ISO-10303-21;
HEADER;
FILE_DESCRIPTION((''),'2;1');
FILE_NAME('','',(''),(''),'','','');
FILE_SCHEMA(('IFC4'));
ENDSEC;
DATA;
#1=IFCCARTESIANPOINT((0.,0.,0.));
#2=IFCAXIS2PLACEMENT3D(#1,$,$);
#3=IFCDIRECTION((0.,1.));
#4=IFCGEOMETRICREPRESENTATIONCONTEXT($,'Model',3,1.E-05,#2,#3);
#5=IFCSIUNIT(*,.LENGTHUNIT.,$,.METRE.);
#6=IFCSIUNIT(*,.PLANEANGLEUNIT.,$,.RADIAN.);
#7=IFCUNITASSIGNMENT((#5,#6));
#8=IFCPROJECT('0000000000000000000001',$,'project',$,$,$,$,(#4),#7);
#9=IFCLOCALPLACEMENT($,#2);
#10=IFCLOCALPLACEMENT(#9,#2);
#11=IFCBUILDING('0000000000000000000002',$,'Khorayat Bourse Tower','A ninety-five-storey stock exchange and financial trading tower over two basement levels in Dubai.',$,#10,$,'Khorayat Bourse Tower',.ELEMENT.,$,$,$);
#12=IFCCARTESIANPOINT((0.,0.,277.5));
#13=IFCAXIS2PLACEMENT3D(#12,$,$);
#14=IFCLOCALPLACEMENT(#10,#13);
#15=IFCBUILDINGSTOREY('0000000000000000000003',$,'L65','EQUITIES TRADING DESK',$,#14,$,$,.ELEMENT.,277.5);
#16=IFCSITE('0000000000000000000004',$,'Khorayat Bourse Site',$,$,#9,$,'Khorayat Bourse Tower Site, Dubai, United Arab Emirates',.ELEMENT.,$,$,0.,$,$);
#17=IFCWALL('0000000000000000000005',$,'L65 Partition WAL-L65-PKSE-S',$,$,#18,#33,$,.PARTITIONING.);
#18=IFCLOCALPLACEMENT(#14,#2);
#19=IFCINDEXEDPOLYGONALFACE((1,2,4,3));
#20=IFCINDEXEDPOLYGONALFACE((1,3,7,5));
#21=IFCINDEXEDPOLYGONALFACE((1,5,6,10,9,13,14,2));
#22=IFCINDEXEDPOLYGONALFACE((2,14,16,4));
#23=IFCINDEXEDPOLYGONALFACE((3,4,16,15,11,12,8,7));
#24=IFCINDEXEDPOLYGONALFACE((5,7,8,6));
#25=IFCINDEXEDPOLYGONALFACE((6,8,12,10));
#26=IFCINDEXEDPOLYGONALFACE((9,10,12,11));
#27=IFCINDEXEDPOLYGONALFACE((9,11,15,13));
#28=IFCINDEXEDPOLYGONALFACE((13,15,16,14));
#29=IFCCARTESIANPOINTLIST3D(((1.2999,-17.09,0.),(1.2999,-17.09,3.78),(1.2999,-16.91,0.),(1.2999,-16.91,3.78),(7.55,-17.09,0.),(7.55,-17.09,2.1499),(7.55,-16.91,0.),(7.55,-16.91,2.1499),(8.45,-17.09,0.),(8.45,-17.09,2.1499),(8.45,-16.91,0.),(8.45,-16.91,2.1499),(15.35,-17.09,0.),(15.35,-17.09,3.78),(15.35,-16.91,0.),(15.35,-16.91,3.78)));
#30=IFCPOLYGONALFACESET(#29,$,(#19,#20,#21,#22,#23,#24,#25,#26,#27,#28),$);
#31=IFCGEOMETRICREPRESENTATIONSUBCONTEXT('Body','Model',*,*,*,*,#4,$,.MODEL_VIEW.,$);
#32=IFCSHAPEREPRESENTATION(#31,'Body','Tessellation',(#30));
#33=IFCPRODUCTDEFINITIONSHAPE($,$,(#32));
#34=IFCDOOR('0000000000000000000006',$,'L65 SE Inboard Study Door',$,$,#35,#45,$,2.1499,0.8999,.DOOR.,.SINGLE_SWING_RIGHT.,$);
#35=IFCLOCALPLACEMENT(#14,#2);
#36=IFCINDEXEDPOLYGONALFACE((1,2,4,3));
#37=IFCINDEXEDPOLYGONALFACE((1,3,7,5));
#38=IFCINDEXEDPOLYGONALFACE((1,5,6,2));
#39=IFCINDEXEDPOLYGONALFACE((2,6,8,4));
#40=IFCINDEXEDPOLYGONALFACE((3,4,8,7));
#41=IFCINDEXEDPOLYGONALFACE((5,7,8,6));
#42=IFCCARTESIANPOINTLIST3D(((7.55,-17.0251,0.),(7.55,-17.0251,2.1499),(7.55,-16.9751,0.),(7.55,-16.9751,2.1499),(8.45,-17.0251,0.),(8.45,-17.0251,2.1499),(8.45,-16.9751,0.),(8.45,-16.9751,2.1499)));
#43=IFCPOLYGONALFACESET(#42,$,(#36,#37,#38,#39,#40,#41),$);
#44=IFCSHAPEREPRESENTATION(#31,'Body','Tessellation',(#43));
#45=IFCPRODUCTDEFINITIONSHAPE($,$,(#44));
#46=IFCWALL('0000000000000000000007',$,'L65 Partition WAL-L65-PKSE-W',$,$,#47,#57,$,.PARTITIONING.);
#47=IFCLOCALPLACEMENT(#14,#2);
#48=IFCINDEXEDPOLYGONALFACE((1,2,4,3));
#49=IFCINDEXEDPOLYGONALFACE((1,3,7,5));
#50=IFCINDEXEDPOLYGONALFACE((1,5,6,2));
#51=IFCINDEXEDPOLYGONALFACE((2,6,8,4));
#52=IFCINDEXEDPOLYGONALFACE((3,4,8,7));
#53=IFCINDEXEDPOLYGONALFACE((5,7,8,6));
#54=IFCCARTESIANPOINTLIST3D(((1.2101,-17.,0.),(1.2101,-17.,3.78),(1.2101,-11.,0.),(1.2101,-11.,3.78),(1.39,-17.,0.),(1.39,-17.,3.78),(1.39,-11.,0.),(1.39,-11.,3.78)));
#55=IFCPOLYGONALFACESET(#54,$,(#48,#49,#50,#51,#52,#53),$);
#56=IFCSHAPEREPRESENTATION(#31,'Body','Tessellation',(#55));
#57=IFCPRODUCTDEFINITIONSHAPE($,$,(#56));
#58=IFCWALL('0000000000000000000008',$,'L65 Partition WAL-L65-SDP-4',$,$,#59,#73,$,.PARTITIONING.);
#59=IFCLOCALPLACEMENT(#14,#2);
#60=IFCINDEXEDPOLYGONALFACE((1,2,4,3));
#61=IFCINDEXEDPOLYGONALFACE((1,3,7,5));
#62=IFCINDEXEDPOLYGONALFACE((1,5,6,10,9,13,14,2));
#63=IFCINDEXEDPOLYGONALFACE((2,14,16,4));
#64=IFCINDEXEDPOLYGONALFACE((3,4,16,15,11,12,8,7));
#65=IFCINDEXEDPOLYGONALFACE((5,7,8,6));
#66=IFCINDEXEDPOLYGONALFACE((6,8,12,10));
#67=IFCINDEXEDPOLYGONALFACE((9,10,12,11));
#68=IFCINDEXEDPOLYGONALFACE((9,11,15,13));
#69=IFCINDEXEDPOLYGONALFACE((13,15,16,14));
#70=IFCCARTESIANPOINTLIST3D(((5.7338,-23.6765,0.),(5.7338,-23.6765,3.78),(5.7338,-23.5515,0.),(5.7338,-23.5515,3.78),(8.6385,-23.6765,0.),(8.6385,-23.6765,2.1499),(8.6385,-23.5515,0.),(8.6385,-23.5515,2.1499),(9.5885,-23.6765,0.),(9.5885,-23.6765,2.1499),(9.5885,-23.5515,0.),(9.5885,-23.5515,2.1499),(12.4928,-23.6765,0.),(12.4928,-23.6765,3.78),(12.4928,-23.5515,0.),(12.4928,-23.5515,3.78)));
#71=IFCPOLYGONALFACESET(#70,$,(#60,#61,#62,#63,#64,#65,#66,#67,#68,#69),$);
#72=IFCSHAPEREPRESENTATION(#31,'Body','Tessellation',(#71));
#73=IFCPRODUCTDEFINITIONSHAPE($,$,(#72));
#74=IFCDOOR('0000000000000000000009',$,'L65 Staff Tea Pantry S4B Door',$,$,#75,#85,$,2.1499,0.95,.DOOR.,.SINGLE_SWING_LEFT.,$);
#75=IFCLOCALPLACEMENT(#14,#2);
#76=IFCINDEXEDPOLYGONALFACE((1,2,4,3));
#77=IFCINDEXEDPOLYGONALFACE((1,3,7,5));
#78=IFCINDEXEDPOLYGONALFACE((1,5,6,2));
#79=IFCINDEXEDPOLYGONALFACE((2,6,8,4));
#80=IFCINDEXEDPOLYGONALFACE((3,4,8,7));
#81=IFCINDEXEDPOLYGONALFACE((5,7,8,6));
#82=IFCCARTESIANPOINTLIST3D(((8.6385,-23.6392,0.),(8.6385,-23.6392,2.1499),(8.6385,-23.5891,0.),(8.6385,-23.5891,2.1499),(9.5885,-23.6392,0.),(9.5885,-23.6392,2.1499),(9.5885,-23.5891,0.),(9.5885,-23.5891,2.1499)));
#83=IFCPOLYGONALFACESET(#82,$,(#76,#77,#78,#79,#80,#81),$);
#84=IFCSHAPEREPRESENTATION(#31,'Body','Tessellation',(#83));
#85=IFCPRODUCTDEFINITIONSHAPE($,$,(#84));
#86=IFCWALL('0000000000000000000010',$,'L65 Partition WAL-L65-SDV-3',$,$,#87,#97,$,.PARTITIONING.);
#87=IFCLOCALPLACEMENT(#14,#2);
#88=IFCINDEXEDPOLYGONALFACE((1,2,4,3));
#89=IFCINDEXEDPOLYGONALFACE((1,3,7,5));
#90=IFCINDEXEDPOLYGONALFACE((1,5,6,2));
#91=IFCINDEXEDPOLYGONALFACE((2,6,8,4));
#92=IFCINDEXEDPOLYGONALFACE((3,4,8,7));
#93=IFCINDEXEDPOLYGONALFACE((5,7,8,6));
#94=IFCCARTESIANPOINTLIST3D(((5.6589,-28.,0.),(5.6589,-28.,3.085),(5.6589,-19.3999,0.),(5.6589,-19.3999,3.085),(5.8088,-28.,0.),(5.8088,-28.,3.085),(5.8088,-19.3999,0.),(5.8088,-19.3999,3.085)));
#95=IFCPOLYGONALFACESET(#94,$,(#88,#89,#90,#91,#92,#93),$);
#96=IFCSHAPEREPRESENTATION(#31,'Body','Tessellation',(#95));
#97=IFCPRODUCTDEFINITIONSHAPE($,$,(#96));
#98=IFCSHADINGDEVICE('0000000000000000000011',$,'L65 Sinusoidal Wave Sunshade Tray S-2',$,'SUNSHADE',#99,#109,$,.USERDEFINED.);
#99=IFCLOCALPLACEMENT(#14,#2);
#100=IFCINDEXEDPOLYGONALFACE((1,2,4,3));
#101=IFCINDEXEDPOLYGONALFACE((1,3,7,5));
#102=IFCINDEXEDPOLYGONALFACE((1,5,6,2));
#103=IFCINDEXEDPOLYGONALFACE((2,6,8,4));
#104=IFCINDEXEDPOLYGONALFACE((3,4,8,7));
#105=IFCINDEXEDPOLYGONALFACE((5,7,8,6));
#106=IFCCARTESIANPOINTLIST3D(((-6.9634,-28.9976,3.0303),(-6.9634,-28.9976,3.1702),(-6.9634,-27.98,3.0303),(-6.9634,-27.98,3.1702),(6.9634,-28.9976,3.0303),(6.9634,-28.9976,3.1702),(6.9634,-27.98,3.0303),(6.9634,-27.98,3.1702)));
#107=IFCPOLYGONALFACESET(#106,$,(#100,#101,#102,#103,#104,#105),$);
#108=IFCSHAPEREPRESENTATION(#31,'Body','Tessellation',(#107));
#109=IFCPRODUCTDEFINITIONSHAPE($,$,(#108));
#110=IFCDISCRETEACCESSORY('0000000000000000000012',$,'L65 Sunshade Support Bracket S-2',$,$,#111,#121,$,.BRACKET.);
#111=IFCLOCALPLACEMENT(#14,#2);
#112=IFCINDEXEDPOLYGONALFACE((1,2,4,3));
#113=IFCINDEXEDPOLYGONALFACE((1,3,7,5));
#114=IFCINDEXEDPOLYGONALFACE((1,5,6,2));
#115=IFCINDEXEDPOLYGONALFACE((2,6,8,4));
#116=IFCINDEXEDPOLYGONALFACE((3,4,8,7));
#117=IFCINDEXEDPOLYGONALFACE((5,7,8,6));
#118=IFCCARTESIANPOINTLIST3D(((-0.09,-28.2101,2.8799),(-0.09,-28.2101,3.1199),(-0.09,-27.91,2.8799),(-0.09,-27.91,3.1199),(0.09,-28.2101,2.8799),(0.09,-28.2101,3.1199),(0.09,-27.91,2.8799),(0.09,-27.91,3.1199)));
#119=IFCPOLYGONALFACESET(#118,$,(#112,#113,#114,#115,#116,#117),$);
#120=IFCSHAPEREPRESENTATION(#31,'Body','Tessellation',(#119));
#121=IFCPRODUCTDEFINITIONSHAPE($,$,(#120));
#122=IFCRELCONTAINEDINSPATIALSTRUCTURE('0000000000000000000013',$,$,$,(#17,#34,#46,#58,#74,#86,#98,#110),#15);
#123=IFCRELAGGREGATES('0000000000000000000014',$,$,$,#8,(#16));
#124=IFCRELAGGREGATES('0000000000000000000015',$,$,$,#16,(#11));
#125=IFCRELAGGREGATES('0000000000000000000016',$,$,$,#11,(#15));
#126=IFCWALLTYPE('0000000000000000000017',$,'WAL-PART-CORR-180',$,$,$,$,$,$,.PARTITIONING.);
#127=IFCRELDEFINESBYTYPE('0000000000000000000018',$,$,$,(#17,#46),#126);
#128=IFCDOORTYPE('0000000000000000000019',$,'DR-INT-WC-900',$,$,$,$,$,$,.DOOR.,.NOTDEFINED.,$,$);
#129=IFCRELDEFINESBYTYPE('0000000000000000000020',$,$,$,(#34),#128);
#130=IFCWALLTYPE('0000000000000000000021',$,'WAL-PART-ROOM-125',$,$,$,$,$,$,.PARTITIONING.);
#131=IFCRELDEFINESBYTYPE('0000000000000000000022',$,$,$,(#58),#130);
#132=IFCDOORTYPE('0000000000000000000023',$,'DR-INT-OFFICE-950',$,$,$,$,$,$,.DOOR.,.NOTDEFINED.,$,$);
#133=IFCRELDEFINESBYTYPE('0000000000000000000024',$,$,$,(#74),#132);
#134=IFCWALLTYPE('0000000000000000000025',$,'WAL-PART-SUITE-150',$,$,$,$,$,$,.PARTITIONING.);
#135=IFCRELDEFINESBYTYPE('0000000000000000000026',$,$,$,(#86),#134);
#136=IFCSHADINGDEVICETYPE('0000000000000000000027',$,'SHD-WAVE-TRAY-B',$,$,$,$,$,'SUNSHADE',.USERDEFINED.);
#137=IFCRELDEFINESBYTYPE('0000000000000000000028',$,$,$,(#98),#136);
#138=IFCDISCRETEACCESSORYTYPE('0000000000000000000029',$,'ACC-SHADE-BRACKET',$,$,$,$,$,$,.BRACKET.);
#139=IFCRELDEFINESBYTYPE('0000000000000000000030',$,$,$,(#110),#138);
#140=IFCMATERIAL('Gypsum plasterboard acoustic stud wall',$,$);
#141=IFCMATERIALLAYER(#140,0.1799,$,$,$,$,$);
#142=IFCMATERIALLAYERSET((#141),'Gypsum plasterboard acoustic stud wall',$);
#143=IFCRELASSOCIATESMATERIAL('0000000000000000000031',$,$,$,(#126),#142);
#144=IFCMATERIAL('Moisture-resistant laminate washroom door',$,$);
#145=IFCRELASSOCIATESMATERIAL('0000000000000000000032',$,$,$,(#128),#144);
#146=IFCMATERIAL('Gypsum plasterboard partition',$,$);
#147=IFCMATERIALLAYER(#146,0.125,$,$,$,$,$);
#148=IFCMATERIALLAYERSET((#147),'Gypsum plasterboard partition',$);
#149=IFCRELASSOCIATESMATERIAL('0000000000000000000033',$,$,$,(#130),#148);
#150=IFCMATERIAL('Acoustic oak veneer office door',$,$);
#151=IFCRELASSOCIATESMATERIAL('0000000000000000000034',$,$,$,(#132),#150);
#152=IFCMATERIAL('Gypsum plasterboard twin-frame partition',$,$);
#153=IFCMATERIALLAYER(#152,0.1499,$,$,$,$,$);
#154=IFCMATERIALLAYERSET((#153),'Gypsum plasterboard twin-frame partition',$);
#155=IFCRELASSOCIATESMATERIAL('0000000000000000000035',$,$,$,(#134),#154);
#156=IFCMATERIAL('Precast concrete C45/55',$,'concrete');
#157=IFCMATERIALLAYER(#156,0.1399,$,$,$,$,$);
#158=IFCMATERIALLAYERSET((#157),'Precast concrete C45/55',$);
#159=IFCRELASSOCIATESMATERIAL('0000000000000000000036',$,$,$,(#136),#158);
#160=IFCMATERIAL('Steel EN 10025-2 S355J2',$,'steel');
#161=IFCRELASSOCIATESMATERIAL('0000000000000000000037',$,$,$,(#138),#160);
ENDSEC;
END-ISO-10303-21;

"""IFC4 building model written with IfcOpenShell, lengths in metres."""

from ifc_helpers import new_model, si_unit, direction, frame, frame_2d, origin, origin_2d, place, context, subcontext, project, spatial, rectangle, extrude, source, transform, mapped, material, layer, layer_set, type_object, element, fill, save


model = new_model("IFC4")

# Units and contexts
model_context = context("Model", 3, precision=1e-05, world=origin(), true_north=direction((0.0, 1.0)))
body_context = subcontext(model_context, "Body", "Model", "MODEL_VIEW")
ifc_project = project(units=[si_unit("LENGTHUNIT", "METRE"), si_unit("PLANEANGLEUNIT", "RADIAN")], contexts=[model_context])

# Site, building, storey
site_placement = place(None, origin())
site = spatial("IfcSite", under=ifc_project, at=site_placement, Name="Khorayat Bourse Site", LongName="Khorayat Bourse Tower Site, Dubai, United Arab Emirates", CompositionType="ELEMENT", RefElevation=0.0)
building_placement = place(site_placement, origin())
building = spatial("IfcBuilding", under=site, at=building_placement, Name="Khorayat Bourse Tower", Description="A ninety-five-storey stock exchange and financial trading tower over two basement levels in Dubai.", LongName="Khorayat Bourse Tower", CompositionType="ELEMENT")
storey_placement = place(building_placement, frame((0.0, 0.0, 277.5)))
storey = spatial("IfcBuildingStorey", under=building, at=storey_placement, Name="L65", Description="EQUITIES TRADING DESK", CompositionType="ELEMENT", Elevation=277.5)

# Shared definitions
ifc_material_1 = material(Name="Steel EN 10025-2 S355J2", Category="steel")

# Wall, opening, door
ifc_material_2 = material(Name="Gypsum plasterboard acoustic stud wall")
ifc_layer_1 = layer(ifc_material_2, 0.1799)
ifc_layer_set_1 = layer_set([ifc_layer_1], Name="Gypsum plasterboard acoustic stud wall")
wall_type_1 = type_object("IfcWallType", Name="WAL-PART-CORR-180", PredefinedType="PARTITIONING", material=ifc_layer_set_1)
shared_shape_1 = source(origin(), body_context, "Body", "SweptSolid", [
    extrude(rectangle(XDim=14.05, YDim=0.1799, at=frame_2d((7.0249, 0.0))), origin(), (0.0, 0.0, 1.0), 3.78),
])
wall_1_placement = place(storey_placement, frame((1.3, -17.0, 0.0), z_axis=(0.0, 0.0, 1.0), x_axis=(1.0, 0.0, 0.0)))
wall_1 = element("IfcWall", 1, at=wall_1_placement, inside=storey, type_object=wall_type_1, Name="L65 Partition WAL-L65-PKSE-S", PredefinedType="PARTITIONING", context=body_context, shape_type="MappedRepresentation", body=[
    mapped(shared_shape_1, transform((0.0, 0.0, 0.0), scale=1.0)),
])
shared_shape_2 = source(origin(), body_context, "Body", "SweptSolid", [
    extrude(rectangle(XDim=0.8999, YDim=2.1499, at=frame_2d((0.45, 1.075))), frame((0.0, 0.0999, 0.0), z_axis=(0.0, -1.0, 0.0), x_axis=(1.0, 0.0, 0.0)), (0.0, 0.0, 1.0), 0.2),
])
opening_1_placement = place(wall_1_placement, frame((6.25, 0.0, 0.0)))
opening_1 = element("IfcOpeningElement", 2, at=opening_1_placement, cuts=wall_1, PredefinedType="OPENING", context=body_context, shape_type="MappedRepresentation", body=[
    mapped(shared_shape_2, transform((0.0, 0.0, 0.0), scale=1.0)),
])
ifc_material_3 = material(Name="Moisture-resistant laminate washroom door")
door_type_1 = type_object("IfcDoorType", Name="DR-INT-WC-900", OperationType="NOTDEFINED", PredefinedType="DOOR", material=ifc_material_3)
shared_shape_3 = source(origin(), body_context, "Body", "SweptSolid", [
    extrude(rectangle(XDim=0.8999, YDim=2.1499, at=frame_2d((0.45, 1.075))), frame((0.0, 0.0249, 0.0), z_axis=(0.0, -1.0, 0.0), x_axis=(1.0, 0.0, 0.0)), (0.0, 0.0, 1.0), 0.05),
])
door_1_placement = place(opening_1_placement, origin())
door_1 = element("IfcDoor", 3, at=door_1_placement, inside=storey, type_object=door_type_1, Name="L65 SE Inboard Study Door", OperationType="SINGLE_SWING_RIGHT", OverallHeight=2.1499, OverallWidth=0.8999, PredefinedType="DOOR", context=body_context, shape_type="MappedRepresentation", body=[
    mapped(shared_shape_3, transform((0.0, 0.0, 0.0), scale=1.0)),
])
fill(opening_1, door_1)

# Wall
shared_shape_4 = source(origin(), body_context, "Body", "SweptSolid", [
    extrude(rectangle(XDim=6.0, YDim=0.1799, at=frame_2d((3.0, 0.0))), origin(), (0.0, 0.0, 1.0), 3.78),
])
wall_2_placement = place(storey_placement, frame((1.3, -17.0, 0.0), z_axis=(0.0, 0.0, 1.0), x_axis=(0.0, 1.0, 0.0)))
element("IfcWall", 4, at=wall_2_placement, inside=storey, type_object=wall_type_1, Name="L65 Partition WAL-L65-PKSE-W", PredefinedType="PARTITIONING", context=body_context, shape_type="MappedRepresentation", body=[
    mapped(shared_shape_4, transform((0.0, 0.0, 0.0), scale=1.0)),
])

# Wall, opening, door
ifc_material_4 = material(Name="Gypsum plasterboard partition")
ifc_layer_2 = layer(ifc_material_4, 0.125)
ifc_layer_set_2 = layer_set([ifc_layer_2], Name="Gypsum plasterboard partition")
wall_type_2 = type_object("IfcWallType", Name="WAL-PART-ROOM-125", PredefinedType="PARTITIONING", material=ifc_layer_set_2)
shared_shape_5 = source(origin(), body_context, "Body", "SweptSolid", [
    extrude(rectangle(XDim=6.759, YDim=0.125, at=frame_2d((3.3794, 0.0))), origin(), (0.0, 0.0, 1.0), 3.78),
])
wall_3_placement = place(storey_placement, frame((5.7339, -23.614, 0.0), z_axis=(0.0, 0.0, 1.0), x_axis=(1.0, 0.0, 0.0)))
wall_3 = element("IfcWall", 5, at=wall_3_placement, inside=storey, type_object=wall_type_2, Name="L65 Partition WAL-L65-SDP-4", PredefinedType="PARTITIONING", context=body_context, shape_type="MappedRepresentation", body=[
    mapped(shared_shape_5, transform((0.0, 0.0, 0.0), scale=1.0)),
])
shared_shape_6 = source(origin(), body_context, "Body", "SweptSolid", [
    extrude(rectangle(XDim=0.95, YDim=2.1499, at=frame_2d((0.4751, 1.075))), frame((0.0, 0.0725, 0.0), z_axis=(0.0, -1.0, 0.0), x_axis=(1.0, 0.0, 0.0)), (0.0, 0.0, 1.0), 0.145),
])
opening_2_placement = place(wall_3_placement, frame((2.9045, 0.0, 0.0)))
opening_2 = element("IfcOpeningElement", 6, at=opening_2_placement, cuts=wall_3, PredefinedType="OPENING", context=body_context, shape_type="MappedRepresentation", body=[
    mapped(shared_shape_6, transform((0.0, 0.0, 0.0), scale=1.0)),
])
ifc_material_5 = material(Name="Acoustic oak veneer office door")
door_type_2 = type_object("IfcDoorType", Name="DR-INT-OFFICE-950", OperationType="NOTDEFINED", PredefinedType="DOOR", material=ifc_material_5)
shared_shape_7 = source(origin(), body_context, "Body", "SweptSolid", [
    extrude(rectangle(XDim=0.95, YDim=2.1499, at=frame_2d((0.4751, 1.075))), frame((0.0, 0.0249, 0.0), z_axis=(0.0, -1.0, 0.0), x_axis=(1.0, 0.0, 0.0)), (0.0, 0.0, 1.0), 0.05),
])
door_2_placement = place(opening_2_placement, origin())
door_2 = element("IfcDoor", 7, at=door_2_placement, inside=storey, type_object=door_type_2, Name="L65 Staff Tea Pantry S4B Door", OperationType="SINGLE_SWING_LEFT", OverallHeight=2.1499, OverallWidth=0.95, PredefinedType="DOOR", context=body_context, shape_type="MappedRepresentation", body=[
    mapped(shared_shape_7, transform((0.0, 0.0, 0.0), scale=1.0)),
])
fill(opening_2, door_2)

# Wall
ifc_material_6 = material(Name="Gypsum plasterboard twin-frame partition")
ifc_layer_3 = layer(ifc_material_6, 0.1499)
ifc_layer_set_3 = layer_set([ifc_layer_3], Name="Gypsum plasterboard twin-frame partition")
wall_type_3 = type_object("IfcWallType", Name="WAL-PART-SUITE-150", PredefinedType="PARTITIONING", material=ifc_layer_set_3)
shared_shape_8 = source(origin(), body_context, "Body", "SweptSolid", [
    extrude(rectangle(XDim=8.6001, YDim=0.1499, at=frame_2d((4.3, 0.0))), origin(), (0.0, 0.0, 1.0), 3.085),
])
wall_4_placement = place(storey_placement, frame((5.7339, -28.0, 0.0), z_axis=(0.0, 0.0, 1.0), x_axis=(0.0, 1.0, 0.0)))
element("IfcWall", 8, at=wall_4_placement, inside=storey, type_object=wall_type_3, Name="L65 Partition WAL-L65-SDV-3", PredefinedType="PARTITIONING", context=body_context, shape_type="MappedRepresentation", body=[
    mapped(shared_shape_8, transform((0.0, 0.0, 0.0), scale=1.0)),
])

# Shading device
ifc_material_7 = material(Name="Precast concrete C45/55", Category="concrete")
ifc_layer_4 = layer(ifc_material_7, 0.1399)
ifc_layer_set_4 = layer_set([ifc_layer_4], Name="Precast concrete C45/55")
shading_device_type = type_object("IfcShadingDeviceType", Name="SHD-WAVE-TRAY-B", ElementType="SUNSHADE", PredefinedType="USERDEFINED", material=ifc_layer_set_4)
shared_shape_9 = source(origin(), body_context, "Body", "SweptSolid", [
    extrude(rectangle(XDim=13.9268, YDim=1.0176, at=origin_2d()), origin(), (0.0, 0.0, 1.0), 0.1399),
])
shading_device_placement = place(storey_placement, frame((0.0, -28.4888, 3.0303), z_axis=(0.0, 0.0, 1.0), x_axis=(1.0, 0.0, 0.0)))
element("IfcShadingDevice", 9, at=shading_device_placement, inside=storey, type_object=shading_device_type, Name="L65 Sinusoidal Wave Sunshade Tray S-2", ObjectType="SUNSHADE", PredefinedType="USERDEFINED", context=body_context, shape_type="MappedRepresentation", body=[
    mapped(shared_shape_9, transform((0.0, 0.0, 0.0), scale=1.0)),
])

# Discrete accessory
discrete_accessory_type = type_object("IfcDiscreteAccessoryType", Name="ACC-SHADE-BRACKET", PredefinedType="BRACKET", material=ifc_material_1)
shared_shape_10 = source(origin(), body_context, "Body", "SweptSolid", [
    extrude(rectangle(XDim=0.1799, YDim=0.3, at=origin_2d()), origin(), (0.0, 0.0, 1.0), 0.24),
])
discrete_accessory_placement = place(storey_placement, frame((0.0, -28.0601, 2.8799), z_axis=(0.0, 0.0, 1.0), x_axis=(1.0, 0.0, 0.0)))
element("IfcDiscreteAccessory", 10, at=discrete_accessory_placement, inside=storey, type_object=discrete_accessory_type, Name="L65 Sunshade Support Bracket S-2", PredefinedType="BRACKET", context=body_context, shape_type="MappedRepresentation", body=[
    mapped(shared_shape_10, transform((0.0, 0.0, 0.0), scale=1.0)),
])

save(model, "model.ifc")
